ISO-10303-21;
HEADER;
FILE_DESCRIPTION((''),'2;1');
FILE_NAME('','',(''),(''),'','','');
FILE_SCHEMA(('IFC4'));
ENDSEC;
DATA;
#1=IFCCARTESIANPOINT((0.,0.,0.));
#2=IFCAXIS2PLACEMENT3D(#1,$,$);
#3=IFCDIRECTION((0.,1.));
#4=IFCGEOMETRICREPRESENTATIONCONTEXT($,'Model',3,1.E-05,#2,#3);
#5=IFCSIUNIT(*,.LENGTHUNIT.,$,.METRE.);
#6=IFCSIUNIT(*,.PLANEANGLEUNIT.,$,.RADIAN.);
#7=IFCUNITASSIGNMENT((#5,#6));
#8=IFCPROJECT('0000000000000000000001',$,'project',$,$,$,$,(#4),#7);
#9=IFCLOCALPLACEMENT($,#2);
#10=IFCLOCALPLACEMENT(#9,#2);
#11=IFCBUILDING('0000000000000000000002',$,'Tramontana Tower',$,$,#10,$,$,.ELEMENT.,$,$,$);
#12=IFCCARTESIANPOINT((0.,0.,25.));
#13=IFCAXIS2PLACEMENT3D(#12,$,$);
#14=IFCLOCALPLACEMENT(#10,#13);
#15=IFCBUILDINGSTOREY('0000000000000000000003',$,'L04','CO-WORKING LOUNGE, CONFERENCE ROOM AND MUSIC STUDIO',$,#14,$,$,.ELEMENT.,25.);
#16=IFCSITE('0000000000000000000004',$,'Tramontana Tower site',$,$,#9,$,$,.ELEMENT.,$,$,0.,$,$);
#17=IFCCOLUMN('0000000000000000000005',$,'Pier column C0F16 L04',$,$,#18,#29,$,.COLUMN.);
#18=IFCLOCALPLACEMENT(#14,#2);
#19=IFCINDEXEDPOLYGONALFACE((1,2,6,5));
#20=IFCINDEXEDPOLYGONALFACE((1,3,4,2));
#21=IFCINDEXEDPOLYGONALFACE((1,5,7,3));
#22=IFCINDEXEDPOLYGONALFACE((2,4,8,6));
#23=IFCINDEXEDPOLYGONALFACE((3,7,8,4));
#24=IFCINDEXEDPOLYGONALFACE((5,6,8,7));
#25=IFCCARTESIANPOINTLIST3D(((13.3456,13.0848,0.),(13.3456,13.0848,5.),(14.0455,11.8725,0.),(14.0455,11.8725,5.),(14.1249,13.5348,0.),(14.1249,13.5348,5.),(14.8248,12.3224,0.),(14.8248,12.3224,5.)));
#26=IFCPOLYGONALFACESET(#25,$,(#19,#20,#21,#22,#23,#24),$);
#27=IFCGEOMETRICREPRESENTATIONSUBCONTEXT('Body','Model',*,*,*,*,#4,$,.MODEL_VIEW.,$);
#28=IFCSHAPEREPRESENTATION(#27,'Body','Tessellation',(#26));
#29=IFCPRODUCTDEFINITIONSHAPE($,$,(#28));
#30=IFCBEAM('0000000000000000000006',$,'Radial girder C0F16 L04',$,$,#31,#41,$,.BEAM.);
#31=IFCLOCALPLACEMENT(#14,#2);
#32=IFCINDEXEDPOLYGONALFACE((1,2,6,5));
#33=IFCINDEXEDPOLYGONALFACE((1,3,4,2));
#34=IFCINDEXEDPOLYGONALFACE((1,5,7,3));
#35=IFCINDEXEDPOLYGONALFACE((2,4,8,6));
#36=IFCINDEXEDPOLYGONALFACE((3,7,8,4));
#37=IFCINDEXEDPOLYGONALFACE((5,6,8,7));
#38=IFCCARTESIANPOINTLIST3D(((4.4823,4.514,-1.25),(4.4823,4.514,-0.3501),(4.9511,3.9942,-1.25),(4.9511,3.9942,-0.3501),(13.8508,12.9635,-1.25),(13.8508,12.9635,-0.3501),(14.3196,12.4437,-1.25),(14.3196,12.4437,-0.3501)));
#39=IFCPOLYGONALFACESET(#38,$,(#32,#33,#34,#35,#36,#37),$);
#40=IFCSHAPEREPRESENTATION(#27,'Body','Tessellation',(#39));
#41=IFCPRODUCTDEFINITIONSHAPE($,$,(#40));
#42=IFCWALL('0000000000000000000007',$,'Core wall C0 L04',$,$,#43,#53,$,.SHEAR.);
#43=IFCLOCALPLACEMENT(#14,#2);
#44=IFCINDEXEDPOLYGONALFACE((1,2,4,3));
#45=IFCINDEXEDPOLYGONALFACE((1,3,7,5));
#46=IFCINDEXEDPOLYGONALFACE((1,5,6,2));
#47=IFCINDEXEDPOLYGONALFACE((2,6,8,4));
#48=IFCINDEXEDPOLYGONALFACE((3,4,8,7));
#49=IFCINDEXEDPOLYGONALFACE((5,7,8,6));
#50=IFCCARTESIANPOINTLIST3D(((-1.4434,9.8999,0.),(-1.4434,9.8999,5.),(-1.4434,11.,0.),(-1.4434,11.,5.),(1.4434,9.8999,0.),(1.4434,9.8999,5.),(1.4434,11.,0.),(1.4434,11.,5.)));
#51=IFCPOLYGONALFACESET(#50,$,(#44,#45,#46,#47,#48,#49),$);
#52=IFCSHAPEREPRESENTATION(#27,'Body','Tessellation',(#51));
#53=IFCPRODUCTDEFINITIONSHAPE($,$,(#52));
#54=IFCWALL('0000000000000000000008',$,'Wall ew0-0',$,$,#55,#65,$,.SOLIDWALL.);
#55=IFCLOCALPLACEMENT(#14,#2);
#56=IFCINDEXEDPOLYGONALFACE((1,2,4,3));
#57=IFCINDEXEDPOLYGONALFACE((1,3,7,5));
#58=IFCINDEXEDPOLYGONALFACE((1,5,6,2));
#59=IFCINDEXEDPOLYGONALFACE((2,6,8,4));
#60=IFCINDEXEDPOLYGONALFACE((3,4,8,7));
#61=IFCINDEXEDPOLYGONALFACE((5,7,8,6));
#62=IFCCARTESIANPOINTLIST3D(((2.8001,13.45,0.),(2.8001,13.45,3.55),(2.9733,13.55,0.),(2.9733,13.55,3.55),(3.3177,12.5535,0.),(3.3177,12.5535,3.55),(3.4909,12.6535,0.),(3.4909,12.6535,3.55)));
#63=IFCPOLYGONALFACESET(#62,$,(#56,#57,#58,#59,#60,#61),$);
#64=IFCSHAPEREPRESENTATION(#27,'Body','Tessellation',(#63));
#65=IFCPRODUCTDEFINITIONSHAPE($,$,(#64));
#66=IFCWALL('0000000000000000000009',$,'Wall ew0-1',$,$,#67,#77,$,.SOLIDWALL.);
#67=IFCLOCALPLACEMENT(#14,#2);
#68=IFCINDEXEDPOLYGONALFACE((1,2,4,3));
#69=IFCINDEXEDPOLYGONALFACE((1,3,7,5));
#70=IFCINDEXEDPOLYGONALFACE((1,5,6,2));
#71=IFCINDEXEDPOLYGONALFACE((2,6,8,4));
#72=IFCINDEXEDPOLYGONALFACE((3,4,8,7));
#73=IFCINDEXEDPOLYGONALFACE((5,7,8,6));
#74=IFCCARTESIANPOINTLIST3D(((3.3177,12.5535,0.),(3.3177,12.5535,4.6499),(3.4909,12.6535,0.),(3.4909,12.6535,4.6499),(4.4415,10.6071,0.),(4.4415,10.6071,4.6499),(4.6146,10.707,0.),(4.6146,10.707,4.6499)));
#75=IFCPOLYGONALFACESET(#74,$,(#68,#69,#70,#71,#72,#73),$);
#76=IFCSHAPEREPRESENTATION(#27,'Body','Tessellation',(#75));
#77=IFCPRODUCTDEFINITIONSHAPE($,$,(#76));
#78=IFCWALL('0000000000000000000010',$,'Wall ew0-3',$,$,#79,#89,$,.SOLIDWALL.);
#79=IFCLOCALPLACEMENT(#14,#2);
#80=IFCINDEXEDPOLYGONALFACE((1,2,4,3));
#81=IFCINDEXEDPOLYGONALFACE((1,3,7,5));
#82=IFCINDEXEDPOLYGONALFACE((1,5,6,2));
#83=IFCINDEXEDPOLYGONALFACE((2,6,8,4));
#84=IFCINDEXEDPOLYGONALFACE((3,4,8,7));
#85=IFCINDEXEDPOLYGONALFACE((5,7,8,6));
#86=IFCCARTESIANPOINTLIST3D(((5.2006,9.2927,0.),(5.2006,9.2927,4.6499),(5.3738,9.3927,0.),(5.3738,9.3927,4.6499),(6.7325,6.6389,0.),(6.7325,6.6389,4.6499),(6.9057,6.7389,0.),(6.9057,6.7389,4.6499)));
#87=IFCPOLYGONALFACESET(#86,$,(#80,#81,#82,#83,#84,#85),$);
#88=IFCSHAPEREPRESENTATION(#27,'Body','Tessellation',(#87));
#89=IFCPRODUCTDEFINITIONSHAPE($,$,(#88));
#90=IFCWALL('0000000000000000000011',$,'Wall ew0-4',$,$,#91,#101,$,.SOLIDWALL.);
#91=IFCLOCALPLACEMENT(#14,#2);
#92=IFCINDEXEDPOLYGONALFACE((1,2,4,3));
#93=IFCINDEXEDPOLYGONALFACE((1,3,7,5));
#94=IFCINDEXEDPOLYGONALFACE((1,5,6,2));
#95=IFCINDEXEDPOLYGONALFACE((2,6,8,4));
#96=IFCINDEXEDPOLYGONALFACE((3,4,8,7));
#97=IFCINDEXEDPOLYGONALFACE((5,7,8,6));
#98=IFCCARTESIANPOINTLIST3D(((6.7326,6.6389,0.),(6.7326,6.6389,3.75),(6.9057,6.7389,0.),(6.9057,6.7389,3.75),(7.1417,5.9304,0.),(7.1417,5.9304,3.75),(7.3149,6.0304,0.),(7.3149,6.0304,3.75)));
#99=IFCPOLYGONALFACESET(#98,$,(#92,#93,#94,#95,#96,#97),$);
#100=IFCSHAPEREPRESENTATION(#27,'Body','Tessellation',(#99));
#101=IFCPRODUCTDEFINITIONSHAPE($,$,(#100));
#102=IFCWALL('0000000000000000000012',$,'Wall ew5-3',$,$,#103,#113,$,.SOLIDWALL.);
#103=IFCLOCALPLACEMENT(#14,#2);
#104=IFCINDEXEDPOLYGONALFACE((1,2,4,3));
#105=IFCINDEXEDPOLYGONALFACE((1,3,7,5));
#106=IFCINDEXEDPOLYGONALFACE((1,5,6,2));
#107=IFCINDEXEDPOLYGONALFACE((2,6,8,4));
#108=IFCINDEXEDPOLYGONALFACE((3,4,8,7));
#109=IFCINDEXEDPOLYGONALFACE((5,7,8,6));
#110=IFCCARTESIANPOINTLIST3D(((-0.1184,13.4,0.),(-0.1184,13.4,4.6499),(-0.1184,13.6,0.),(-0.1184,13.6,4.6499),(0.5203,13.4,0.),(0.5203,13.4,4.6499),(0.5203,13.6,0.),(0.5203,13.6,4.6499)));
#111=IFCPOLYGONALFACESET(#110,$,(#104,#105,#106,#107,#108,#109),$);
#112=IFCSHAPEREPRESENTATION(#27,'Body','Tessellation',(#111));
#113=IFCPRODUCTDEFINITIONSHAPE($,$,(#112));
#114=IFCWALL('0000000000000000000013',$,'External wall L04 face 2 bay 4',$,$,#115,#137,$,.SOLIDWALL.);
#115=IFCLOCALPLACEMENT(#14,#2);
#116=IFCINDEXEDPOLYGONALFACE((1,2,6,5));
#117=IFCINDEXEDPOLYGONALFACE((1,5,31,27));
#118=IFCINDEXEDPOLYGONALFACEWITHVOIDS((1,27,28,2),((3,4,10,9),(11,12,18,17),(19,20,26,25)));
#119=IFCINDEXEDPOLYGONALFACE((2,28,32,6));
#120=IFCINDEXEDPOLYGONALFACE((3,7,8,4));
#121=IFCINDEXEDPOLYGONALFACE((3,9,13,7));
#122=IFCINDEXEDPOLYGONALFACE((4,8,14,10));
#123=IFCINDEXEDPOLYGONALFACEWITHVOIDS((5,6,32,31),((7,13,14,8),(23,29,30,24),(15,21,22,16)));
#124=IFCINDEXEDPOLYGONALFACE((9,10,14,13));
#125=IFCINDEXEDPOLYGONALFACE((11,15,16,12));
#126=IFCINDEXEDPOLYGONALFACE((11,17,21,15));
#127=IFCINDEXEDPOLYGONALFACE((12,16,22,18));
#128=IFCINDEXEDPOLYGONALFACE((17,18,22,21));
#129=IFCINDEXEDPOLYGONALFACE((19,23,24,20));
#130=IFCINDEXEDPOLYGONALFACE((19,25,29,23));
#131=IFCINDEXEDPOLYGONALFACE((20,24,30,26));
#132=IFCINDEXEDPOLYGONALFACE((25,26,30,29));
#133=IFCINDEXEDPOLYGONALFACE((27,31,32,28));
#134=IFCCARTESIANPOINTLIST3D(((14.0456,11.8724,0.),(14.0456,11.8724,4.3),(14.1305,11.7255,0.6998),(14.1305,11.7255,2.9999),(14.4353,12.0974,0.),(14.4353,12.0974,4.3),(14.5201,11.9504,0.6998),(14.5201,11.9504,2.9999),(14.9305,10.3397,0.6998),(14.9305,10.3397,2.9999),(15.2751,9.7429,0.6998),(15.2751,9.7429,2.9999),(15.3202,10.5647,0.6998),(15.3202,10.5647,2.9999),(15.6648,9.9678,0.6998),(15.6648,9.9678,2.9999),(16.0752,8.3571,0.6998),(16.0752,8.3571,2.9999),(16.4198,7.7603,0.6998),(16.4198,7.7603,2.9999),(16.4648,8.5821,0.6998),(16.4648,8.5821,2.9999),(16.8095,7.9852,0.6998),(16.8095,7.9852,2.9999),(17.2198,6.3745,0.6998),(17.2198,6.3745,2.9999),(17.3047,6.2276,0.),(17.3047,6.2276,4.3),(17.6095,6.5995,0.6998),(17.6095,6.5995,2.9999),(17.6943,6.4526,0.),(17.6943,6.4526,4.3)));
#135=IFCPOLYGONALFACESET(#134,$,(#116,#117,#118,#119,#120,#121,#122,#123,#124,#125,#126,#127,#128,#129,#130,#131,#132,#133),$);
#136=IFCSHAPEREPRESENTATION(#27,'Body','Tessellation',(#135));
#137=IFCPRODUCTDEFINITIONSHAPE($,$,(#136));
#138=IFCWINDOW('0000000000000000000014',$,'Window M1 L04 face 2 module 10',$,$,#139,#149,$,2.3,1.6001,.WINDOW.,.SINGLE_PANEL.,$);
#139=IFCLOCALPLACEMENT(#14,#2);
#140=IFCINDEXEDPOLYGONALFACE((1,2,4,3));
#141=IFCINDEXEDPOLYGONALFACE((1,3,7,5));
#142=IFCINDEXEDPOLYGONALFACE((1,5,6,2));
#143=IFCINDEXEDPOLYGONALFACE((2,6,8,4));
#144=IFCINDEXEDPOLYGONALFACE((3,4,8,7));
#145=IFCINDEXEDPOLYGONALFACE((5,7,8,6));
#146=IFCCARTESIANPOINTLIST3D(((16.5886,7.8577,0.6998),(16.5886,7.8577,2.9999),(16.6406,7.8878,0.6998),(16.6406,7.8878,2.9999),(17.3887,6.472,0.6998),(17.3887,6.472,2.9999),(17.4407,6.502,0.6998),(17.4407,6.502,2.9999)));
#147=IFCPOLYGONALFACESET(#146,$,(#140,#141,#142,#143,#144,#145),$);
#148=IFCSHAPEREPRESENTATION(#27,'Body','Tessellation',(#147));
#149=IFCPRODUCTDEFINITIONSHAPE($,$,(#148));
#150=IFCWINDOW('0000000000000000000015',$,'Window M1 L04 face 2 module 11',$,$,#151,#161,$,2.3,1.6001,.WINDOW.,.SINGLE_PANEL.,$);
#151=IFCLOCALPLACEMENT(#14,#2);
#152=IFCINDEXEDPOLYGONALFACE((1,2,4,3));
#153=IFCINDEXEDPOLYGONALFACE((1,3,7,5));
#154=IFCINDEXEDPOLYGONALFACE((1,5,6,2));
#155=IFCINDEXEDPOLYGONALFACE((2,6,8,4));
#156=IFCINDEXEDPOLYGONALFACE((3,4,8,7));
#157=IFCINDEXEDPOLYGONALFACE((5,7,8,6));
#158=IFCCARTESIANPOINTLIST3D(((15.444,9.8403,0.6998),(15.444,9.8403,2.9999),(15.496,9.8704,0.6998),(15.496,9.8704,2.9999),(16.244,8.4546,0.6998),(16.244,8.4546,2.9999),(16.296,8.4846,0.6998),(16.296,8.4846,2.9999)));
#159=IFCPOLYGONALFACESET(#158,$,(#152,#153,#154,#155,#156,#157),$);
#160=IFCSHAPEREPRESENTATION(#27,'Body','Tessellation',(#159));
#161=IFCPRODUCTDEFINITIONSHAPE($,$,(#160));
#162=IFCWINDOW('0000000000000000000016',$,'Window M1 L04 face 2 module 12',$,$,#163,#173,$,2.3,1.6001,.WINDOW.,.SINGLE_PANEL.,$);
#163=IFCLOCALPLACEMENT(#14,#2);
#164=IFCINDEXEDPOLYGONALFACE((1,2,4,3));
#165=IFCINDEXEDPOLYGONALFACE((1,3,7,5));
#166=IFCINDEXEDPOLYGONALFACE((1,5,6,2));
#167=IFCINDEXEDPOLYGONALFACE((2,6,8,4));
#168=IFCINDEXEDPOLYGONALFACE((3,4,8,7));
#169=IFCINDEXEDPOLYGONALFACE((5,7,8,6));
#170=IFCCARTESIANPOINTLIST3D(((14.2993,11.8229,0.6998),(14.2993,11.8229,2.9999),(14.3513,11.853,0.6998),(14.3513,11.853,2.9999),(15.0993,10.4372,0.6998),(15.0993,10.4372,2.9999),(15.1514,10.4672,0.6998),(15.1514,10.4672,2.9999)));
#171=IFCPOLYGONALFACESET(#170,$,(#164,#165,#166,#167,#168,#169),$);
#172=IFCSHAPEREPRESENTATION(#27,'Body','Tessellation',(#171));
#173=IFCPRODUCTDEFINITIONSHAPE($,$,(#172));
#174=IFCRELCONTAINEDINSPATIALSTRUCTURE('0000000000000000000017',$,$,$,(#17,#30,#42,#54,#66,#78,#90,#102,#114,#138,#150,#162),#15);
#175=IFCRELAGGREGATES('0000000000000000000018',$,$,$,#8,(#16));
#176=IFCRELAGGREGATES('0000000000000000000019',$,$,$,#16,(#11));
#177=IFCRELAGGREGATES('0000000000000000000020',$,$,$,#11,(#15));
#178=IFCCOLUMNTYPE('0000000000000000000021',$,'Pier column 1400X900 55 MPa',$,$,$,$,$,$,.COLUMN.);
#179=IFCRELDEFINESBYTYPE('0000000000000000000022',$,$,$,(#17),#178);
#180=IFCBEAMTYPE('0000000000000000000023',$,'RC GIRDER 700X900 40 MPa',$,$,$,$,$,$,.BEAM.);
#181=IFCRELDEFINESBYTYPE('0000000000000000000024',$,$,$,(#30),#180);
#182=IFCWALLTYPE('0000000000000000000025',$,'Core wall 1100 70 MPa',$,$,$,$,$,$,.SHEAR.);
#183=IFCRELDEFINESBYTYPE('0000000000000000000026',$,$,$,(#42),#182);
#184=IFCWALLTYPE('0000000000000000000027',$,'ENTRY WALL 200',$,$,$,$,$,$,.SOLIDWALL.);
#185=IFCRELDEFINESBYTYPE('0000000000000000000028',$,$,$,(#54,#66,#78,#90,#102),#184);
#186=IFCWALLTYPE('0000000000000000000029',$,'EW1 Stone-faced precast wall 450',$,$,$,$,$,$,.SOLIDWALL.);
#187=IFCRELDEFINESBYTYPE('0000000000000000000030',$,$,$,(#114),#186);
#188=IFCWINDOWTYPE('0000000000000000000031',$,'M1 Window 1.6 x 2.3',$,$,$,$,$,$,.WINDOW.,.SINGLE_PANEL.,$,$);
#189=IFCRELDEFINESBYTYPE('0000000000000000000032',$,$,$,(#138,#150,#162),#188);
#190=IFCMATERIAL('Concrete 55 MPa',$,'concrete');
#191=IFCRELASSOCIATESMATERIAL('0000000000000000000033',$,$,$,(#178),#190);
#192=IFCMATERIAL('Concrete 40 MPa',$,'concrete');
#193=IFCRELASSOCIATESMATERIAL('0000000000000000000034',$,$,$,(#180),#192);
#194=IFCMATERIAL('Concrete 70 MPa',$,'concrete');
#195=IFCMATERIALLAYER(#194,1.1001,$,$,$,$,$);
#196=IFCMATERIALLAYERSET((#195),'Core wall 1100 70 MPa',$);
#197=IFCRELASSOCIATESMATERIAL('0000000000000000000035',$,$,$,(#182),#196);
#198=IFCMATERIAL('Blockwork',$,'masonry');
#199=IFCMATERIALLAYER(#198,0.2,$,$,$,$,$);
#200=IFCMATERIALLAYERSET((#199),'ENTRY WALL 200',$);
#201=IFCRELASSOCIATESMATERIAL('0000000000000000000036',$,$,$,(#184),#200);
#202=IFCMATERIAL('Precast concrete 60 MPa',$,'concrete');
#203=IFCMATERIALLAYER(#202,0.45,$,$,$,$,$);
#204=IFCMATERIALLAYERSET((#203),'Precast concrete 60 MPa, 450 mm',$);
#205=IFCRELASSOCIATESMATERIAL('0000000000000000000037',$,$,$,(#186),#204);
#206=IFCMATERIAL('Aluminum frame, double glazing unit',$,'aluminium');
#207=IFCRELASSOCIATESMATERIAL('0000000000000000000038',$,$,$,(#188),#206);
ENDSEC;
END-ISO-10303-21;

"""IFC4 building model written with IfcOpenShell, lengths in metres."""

from ifc_helpers import new_model, si_unit, direction, frame, frame_2d, origin, origin_2d, place, context, subcontext, project, spatial, rectangle, extrude, material, layer, layer_set, material_profile, profile_set, type_object, element, fill, save


model = new_model("IFC4")

# Units and contexts
model_context = context("Model", 3, precision=1e-05, world=origin(), true_north=direction((0.0, 1.0)))
body_context = subcontext(model_context, "Body", "Model", "MODEL_VIEW")
ifc_project = project(units=[si_unit("LENGTHUNIT", "METRE"), si_unit("PLANEANGLEUNIT", "RADIAN")], contexts=[model_context])

# Site, building, storey
site_placement = place(None, origin())
site = spatial("IfcSite", under=ifc_project, at=site_placement, Name="Tramontana Tower site", CompositionType="ELEMENT", RefElevation=0.0)
building_placement = place(site_placement, origin())
building = spatial("IfcBuilding", under=site, at=building_placement, Name="Tramontana Tower", CompositionType="ELEMENT")
storey_placement = place(building_placement, frame((0.0, 0.0, 25.0)))
storey = spatial("IfcBuildingStorey", under=building, at=storey_placement, Name="L04", Description="CO-WORKING LOUNGE, CONFERENCE ROOM AND MUSIC STUDIO", CompositionType="ELEMENT", Elevation=25.0)

# Column
ifc_material_1 = material(Name="Concrete 55 MPa", Category="concrete")
ifc_material_profile_1 = material_profile(ifc_material_1, rectangle(XDim=1.3999, YDim=0.8999, at=origin_2d()), Name="Pier column 1400X900 55 MPa")
ifc_profile_set_1 = profile_set([ifc_material_profile_1], Name="Concrete 55 MPa")
column_type = type_object("IfcColumnType", Name="Pier column 1400X900 55 MPa", PredefinedType="COLUMN", material=ifc_profile_set_1)
column_placement = place(storey_placement, frame((14.0852, 12.7036, 0.0), z_axis=(0.0, 0.0, 1.0), x_axis=(-0.5, 0.866025, 0.0)))
element("IfcColumn", 1, at=column_placement, inside=storey, type_object=column_type, Name="Pier column C0F16 L04", PredefinedType="COLUMN", context=body_context, shape_type="SweptSolid", body=[
    extrude(rectangle(XDim=1.3999, YDim=0.8999, at=origin_2d()), origin(), (0.0, 0.0, 1.0), 5.0),
])

# Beam
ifc_material_2 = material(Name="Concrete 40 MPa", Category="concrete")
ifc_material_profile_2 = material_profile(ifc_material_2, rectangle(XDim=0.7, YDim=0.8999, at=origin_2d()), Name="RC GIRDER 700X900 40 MPa")
ifc_profile_set_2 = profile_set([ifc_material_profile_2], Name="Concrete 40 MPa")
beam_type = type_object("IfcBeamType", Name="RC GIRDER 700X900 40 MPa", PredefinedType="BEAM", material=ifc_profile_set_2)
beam_placement = place(storey_placement, frame((14.0852, 12.7036, -0.8), z_axis=(-0.742588, -0.669748, 0.0), x_axis=(0.669748, -0.742588, 0.0)))
element("IfcBeam", 2, at=beam_placement, inside=storey, type_object=beam_type, Name="Radial girder C0F16 L04", PredefinedType="BEAM", context=body_context, shape_type="SweptSolid", body=[
    extrude(rectangle(XDim=0.7, YDim=0.8999, at=origin_2d()), origin(), (0.0, 0.0, 1.0), 12.616),
])

# Walls
ifc_material_3 = material(Name="Concrete 70 MPa", Category="concrete")
ifc_layer_1 = layer(ifc_material_3, 1.1001)
ifc_layer_set_1 = layer_set([ifc_layer_1], Name="Core wall 1100 70 MPa")
wall_type_1 = type_object("IfcWallType", Name="Core wall 1100 70 MPa", PredefinedType="SHEAR", material=ifc_layer_set_1)
wall_1_placement = place(storey_placement, frame((1.4434, 10.45, 0.0), z_axis=(0.0, 0.0, 1.0), x_axis=(-1.0, 0.0, 0.0)))
element("IfcWall", 3, at=wall_1_placement, inside=storey, type_object=wall_type_1, Name="Core wall C0 L04", PredefinedType="SHEAR", context=body_context, shape_type="SweptSolid", body=[
    extrude(rectangle(XDim=2.8867, YDim=1.1001, at=frame_2d((1.4434, 0.0))), origin(), (0.0, 0.0, 1.0), 5.0),
])
ifc_material_4 = material(Name="Blockwork", Category="masonry")
ifc_layer_2 = layer(ifc_material_4, 0.2)
ifc_layer_set_2 = layer_set([ifc_layer_2], Name="ENTRY WALL 200")
wall_type_2 = type_object("IfcWallType", Name="ENTRY WALL 200", PredefinedType="SOLIDWALL", material=ifc_layer_set_2)
wall_2_placement = place(storey_placement, frame((2.8867, 13.5, 0.0), z_axis=(0.0, 0.0, 1.0), x_axis=(0.499995, -0.866028, 0.0)))
element("IfcWall", 4, at=wall_2_placement, inside=storey, type_object=wall_type_2, Name="Wall ew0-0", PredefinedType="SOLIDWALL", context=body_context, shape_type="SweptSolid", body=[
    extrude(rectangle(XDim=1.0352, YDim=0.2, at=frame_2d((0.5176, 0.0))), origin(), (0.0, 0.0, 1.0), 3.55),
])
wall_3_placement = place(storey_placement, frame((3.4043, 12.6035, 0.0), z_axis=(0.0, 0.0, 1.0), x_axis=(0.499983, -0.866035, 0.0)))
element("IfcWall", 5, at=wall_3_placement, inside=storey, type_object=wall_type_2, Name="Wall ew0-1", PredefinedType="SOLIDWALL", context=body_context, shape_type="SweptSolid", body=[
    extrude(rectangle(XDim=2.2476, YDim=0.2, at=frame_2d((1.1238, 0.0))), origin(), (0.0, 0.0, 1.0), 4.6499),
])

# Walls
wall_4_placement = place(storey_placement, frame((5.2871, 9.3428, 0.0), z_axis=(0.0, 0.0, 1.0), x_axis=(0.499952, -0.866053, 0.0)))
element("IfcWall", 6, at=wall_4_placement, inside=storey, type_object=wall_type_2, Name="Wall ew0-3", PredefinedType="SOLIDWALL", context=body_context, shape_type="SweptSolid", body=[
    extrude(rectangle(XDim=3.0642, YDim=0.2, at=frame_2d((1.5322, 0.0))), origin(), (0.0, 0.0, 1.0), 4.6499),
])
wall_5_placement = place(storey_placement, frame((6.8191, 6.689, 0.0), z_axis=(0.0, 0.0, 1.0), x_axis=(0.500119, -0.865957, 0.0)))
element("IfcWall", 7, at=wall_5_placement, inside=storey, type_object=wall_type_2, Name="Wall ew0-4", PredefinedType="SOLIDWALL", context=body_context, shape_type="SweptSolid", body=[
    extrude(rectangle(XDim=0.8181, YDim=0.2, at=frame_2d((0.4092, 0.0))), origin(), (0.0, 0.0, 1.0), 3.75),
])
wall_6_placement = place(storey_placement, frame((-0.1184, 13.5, 0.0), z_axis=(0.0, 0.0, 1.0), x_axis=(1.0, 0.0, 0.0)))
element("IfcWall", 8, at=wall_6_placement, inside=storey, type_object=wall_type_2, Name="Wall ew5-3", PredefinedType="SOLIDWALL", context=body_context, shape_type="SweptSolid", body=[
    extrude(rectangle(XDim=0.6387, YDim=0.2, at=frame_2d((0.3193, 0.0))), origin(), (0.0, 0.0, 1.0), 4.6499),
])

# Wall, openings, windows
ifc_material_5 = material(Name="Precast concrete 60 MPa", Category="concrete")
ifc_layer_3 = layer(ifc_material_5, 0.45)
ifc_layer_set_3 = layer_set([ifc_layer_3], Name="Precast concrete 60 MPa, 450 mm")
wall_type_3 = type_object("IfcWallType", Name="EW1 Stone-faced precast wall 450", PredefinedType="SOLIDWALL", material=ifc_layer_set_3)
wall_7_placement = place(storey_placement, frame((17.4995, 6.3401, 0.0), z_axis=(0.0, 0.0, 1.0), x_axis=(-0.500002, 0.866024, 0.0)))
wall_7 = element("IfcWall", 9, at=wall_7_placement, inside=storey, type_object=wall_type_3, Name="External wall L04 face 2 bay 4", PredefinedType="SOLIDWALL", context=body_context, shape_type="SweptSolid", body=[
    extrude(rectangle(XDim=6.5181, YDim=0.45, at=frame_2d((3.259, 0.0))), origin(), (0.0, 0.0, 1.0), 4.3),
])
opening_1_placement = place(wall_7_placement, frame((0.1697, 0.0, 0.7)))
opening_1 = element("IfcOpeningElement", 10, at=opening_1_placement, cuts=wall_7, PredefinedType="OPENING", context=body_context, shape_type="SweptSolid", body=[
    extrude(rectangle(XDim=1.6001, YDim=2.3, at=frame_2d((0.8, 1.1499))), frame((0.0, 0.2349, 0.0), z_axis=(0.0, -1.0, 0.0), x_axis=(1.0, 0.0, 0.0)), (0.0, 0.0, 1.0), 0.47),
])
opening_2_placement = place(wall_7_placement, frame((2.459, 0.0, 0.7)))
opening_2 = element("IfcOpeningElement", 11, at=opening_2_placement, cuts=wall_7, PredefinedType="OPENING", context=body_context, shape_type="SweptSolid", body=[
    extrude(rectangle(XDim=1.6001, YDim=2.3, at=frame_2d((0.8, 1.1499))), frame((0.0, 0.2349, 0.0), z_axis=(0.0, -1.0, 0.0), x_axis=(1.0, 0.0, 0.0)), (0.0, 0.0, 1.0), 0.47),
])
opening_3_placement = place(wall_7_placement, frame((4.7483, 0.0, 0.7)))
opening_3 = element("IfcOpeningElement", 12, at=opening_3_placement, cuts=wall_7, PredefinedType="OPENING", context=body_context, shape_type="SweptSolid", body=[
    extrude(rectangle(XDim=1.6001, YDim=2.3, at=frame_2d((0.8, 1.1499))), frame((0.0, 0.2349, 0.0), z_axis=(0.0, -1.0, 0.0), x_axis=(1.0, 0.0, 0.0)), (0.0, 0.0, 1.0), 0.47),
])
ifc_material_6 = material(Name="Aluminum frame, double glazing unit", Category="aluminium")
window_type = type_object("IfcWindowType", Name="M1 Window 1.6 x 2.3", PartitioningType="SINGLE_PANEL", PredefinedType="WINDOW", material=ifc_material_6)
window_1_placement = place(opening_1_placement, origin())
window_1 = element("IfcWindow", 13, at=window_1_placement, inside=storey, type_object=window_type, Name="Window M1 L04 face 2 module 10", OverallHeight=2.3, OverallWidth=1.6001, PartitioningType="SINGLE_PANEL", PredefinedType="WINDOW", context=body_context, shape_type="SweptSolid", body=[
    extrude(rectangle(XDim=1.6001, YDim=2.3, at=frame_2d((0.8, 1.1499))), frame((0.0, 0.03, 0.0), z_axis=(0.0, -1.0, 0.0), x_axis=(1.0, 0.0, 0.0)), (0.0, 0.0, 1.0), 0.0601),
])
fill(opening_1, window_1)
window_2_placement = place(opening_2_placement, origin())
window_2 = element("IfcWindow", 14, at=window_2_placement, inside=storey, type_object=window_type, Name="Window M1 L04 face 2 module 11", OverallHeight=2.3, OverallWidth=1.6001, PartitioningType="SINGLE_PANEL", PredefinedType="WINDOW", context=body_context, shape_type="SweptSolid", body=[
    extrude(rectangle(XDim=1.6001, YDim=2.3, at=frame_2d((0.8, 1.1499))), frame((0.0, 0.03, 0.0), z_axis=(0.0, -1.0, 0.0), x_axis=(1.0, 0.0, 0.0)), (0.0, 0.0, 1.0), 0.0601),
])
fill(opening_2, window_2)
window_3_placement = place(opening_3_placement, origin())
window_3 = element("IfcWindow", 15, at=window_3_placement, inside=storey, type_object=window_type, Name="Window M1 L04 face 2 module 12", OverallHeight=2.3, OverallWidth=1.6001, PartitioningType="SINGLE_PANEL", PredefinedType="WINDOW", context=body_context, shape_type="SweptSolid", body=[
    extrude(rectangle(XDim=1.6001, YDim=2.3, at=frame_2d((0.8, 1.1499))), frame((0.0, 0.03, 0.0), z_axis=(0.0, -1.0, 0.0), x_axis=(1.0, 0.0, 0.0)), (0.0, 0.0, 1.0), 0.0601),
])
fill(opening_3, window_3)

save(model, "model.ifc")
